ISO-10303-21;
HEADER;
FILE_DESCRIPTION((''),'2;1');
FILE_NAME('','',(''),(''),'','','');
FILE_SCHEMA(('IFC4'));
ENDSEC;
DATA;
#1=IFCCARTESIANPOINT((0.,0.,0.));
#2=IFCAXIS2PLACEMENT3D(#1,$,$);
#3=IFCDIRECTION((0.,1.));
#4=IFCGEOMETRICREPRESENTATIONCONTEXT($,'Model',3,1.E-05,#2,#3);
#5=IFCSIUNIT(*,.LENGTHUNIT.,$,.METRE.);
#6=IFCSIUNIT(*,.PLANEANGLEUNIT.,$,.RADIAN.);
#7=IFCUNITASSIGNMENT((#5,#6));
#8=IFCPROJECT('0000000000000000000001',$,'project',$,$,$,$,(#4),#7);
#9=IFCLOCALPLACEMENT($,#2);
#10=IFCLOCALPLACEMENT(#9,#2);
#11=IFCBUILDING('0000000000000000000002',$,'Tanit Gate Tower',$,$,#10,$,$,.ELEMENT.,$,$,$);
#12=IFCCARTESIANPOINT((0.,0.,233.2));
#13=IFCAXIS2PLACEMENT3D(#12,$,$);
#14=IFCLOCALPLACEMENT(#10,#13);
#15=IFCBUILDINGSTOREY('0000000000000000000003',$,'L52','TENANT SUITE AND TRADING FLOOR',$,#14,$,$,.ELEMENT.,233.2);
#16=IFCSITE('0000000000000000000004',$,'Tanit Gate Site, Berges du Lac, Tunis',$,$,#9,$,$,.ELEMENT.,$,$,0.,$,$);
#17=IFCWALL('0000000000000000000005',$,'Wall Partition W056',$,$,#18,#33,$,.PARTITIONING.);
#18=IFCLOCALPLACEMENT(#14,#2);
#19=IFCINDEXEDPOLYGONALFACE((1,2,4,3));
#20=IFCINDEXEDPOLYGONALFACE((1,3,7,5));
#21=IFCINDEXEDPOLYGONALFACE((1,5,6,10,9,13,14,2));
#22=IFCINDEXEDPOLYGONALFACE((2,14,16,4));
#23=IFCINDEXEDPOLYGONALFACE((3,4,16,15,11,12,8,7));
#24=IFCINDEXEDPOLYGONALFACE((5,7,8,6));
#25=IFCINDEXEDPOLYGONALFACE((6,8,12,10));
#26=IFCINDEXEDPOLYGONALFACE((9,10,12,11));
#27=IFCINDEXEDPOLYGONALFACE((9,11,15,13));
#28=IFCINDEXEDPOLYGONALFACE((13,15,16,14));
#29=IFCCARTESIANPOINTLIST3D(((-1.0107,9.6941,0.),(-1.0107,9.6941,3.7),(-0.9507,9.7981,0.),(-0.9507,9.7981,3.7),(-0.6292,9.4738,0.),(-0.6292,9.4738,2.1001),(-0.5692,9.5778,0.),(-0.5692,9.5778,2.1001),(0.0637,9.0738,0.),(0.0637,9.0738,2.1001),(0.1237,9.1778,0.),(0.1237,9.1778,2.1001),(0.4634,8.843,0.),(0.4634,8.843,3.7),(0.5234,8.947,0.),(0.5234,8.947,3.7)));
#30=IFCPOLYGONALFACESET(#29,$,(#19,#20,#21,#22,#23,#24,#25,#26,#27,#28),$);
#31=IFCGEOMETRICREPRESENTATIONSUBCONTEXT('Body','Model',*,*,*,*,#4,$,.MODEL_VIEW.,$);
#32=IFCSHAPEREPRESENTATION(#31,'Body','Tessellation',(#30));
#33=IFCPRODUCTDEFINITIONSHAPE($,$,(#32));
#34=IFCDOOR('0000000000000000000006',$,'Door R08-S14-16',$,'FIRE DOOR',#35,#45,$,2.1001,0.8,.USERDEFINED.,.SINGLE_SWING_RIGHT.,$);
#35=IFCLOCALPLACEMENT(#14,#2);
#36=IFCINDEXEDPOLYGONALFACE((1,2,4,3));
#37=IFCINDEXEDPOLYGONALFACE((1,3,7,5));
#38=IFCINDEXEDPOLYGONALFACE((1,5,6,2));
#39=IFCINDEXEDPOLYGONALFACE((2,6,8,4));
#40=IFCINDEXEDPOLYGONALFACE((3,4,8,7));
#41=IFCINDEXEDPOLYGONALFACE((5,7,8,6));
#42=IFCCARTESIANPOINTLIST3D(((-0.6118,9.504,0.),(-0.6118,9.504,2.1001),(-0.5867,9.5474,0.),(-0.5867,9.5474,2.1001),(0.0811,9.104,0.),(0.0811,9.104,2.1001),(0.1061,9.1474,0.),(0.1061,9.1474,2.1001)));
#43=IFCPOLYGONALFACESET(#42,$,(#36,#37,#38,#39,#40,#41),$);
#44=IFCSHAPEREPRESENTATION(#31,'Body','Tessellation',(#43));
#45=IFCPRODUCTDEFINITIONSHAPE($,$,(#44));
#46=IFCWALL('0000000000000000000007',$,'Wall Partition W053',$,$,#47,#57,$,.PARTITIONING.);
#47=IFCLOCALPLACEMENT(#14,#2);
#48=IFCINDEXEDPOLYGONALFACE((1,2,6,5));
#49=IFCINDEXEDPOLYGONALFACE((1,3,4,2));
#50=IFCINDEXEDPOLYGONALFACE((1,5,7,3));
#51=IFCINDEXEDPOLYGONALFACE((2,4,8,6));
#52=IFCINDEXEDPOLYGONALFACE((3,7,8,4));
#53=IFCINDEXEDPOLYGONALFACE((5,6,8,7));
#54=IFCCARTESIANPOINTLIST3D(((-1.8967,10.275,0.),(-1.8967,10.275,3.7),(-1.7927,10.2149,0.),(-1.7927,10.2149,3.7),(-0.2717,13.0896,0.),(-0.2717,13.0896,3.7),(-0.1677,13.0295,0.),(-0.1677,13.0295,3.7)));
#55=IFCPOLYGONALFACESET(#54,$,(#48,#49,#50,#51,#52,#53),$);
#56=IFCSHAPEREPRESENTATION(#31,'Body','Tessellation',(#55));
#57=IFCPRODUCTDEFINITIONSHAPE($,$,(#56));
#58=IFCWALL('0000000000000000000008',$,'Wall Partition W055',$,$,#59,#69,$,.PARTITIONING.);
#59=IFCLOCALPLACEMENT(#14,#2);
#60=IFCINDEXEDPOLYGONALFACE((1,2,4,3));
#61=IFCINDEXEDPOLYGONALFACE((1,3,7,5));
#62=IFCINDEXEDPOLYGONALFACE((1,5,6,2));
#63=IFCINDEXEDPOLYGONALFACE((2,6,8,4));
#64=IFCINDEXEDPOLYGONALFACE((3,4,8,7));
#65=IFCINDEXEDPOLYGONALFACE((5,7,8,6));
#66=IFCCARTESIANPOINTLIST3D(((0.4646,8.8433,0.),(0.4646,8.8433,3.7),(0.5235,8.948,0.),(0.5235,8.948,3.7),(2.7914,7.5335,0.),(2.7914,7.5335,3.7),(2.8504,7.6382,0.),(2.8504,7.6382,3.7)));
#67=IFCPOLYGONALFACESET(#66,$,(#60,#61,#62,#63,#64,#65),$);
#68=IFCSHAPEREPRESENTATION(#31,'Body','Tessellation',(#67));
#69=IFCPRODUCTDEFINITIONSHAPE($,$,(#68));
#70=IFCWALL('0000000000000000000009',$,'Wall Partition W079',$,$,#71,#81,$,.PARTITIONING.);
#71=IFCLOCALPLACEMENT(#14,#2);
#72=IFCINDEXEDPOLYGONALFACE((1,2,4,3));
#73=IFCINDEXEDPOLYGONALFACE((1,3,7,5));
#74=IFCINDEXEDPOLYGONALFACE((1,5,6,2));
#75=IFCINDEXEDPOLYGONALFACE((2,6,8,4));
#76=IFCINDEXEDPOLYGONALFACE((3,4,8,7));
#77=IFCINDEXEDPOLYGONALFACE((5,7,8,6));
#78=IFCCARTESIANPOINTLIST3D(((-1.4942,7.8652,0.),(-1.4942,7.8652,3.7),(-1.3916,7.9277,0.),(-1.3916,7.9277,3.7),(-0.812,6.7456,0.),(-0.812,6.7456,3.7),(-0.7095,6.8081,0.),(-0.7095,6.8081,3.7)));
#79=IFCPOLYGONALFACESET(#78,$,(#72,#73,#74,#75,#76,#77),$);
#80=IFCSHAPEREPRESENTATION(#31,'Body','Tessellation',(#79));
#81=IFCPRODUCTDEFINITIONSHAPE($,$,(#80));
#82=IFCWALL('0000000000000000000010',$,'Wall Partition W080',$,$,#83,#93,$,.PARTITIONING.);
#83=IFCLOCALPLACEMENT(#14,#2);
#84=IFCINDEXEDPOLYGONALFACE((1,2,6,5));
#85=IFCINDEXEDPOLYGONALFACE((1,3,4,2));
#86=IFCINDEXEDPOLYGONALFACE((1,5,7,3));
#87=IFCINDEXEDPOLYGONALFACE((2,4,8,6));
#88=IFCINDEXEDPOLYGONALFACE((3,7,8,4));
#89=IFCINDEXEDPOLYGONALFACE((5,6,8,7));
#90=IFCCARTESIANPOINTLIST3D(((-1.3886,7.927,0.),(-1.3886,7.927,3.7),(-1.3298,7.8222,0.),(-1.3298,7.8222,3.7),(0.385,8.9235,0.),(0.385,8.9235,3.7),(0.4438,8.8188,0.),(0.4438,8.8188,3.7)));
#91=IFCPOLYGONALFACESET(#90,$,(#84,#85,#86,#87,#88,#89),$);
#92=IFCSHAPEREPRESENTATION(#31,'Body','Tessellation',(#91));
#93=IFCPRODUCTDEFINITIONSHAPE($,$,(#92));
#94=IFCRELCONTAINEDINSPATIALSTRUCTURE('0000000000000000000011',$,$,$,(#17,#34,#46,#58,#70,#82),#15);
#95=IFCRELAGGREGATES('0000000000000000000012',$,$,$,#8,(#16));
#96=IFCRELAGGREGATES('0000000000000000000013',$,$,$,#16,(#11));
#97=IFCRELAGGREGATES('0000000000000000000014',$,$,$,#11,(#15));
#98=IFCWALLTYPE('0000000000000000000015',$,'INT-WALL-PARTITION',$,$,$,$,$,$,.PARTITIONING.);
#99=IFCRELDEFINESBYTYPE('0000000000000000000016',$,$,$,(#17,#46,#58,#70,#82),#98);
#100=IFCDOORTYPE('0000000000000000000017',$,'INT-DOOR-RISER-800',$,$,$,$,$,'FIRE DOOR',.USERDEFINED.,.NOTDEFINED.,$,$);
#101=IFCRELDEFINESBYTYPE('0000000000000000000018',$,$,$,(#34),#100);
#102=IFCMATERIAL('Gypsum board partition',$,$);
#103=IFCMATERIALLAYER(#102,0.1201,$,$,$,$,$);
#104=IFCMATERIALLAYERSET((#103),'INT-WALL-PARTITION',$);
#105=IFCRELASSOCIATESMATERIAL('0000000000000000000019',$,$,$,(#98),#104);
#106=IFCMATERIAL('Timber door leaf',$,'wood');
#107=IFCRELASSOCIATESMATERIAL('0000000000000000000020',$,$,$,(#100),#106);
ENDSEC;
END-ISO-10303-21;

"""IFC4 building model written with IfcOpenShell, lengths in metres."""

from ifc_helpers import new_model, si_unit, direction, frame, frame_2d, origin, place, context, subcontext, project, spatial, rectangle, extrude, material, layer, layer_set, type_object, element, fill, save


model = new_model("IFC4")

# Units and contexts
model_context = context("Model", 3, precision=1e-05, world=origin(), true_north=direction((0.0, 1.0)))
body_context = subcontext(model_context, "Body", "Model", "MODEL_VIEW")
ifc_project = project(units=[si_unit("LENGTHUNIT", "METRE"), si_unit("PLANEANGLEUNIT", "RADIAN")], contexts=[model_context])

# Site, building, storey
site_placement = place(None, origin())
site = spatial("IfcSite", under=ifc_project, at=site_placement, Name="Tanit Gate Site, Berges du Lac, Tunis", CompositionType="ELEMENT", RefElevation=0.0)
building_placement = place(site_placement, origin())
building = spatial("IfcBuilding", under=site, at=building_placement, Name="Tanit Gate Tower", CompositionType="ELEMENT")
storey_placement = place(building_placement, frame((0.0, 0.0, 233.2)))
storey = spatial("IfcBuildingStorey", under=building, at=storey_placement, Name="L52", Description="TENANT SUITE AND TRADING FLOOR", CompositionType="ELEMENT", Elevation=233.2)

# Shared definitions
ifc_material_1 = material(Name="Gypsum board partition")
ifc_layer_1 = layer(ifc_material_1, 0.1201)
ifc_layer_set_1 = layer_set([ifc_layer_1], Name="INT-WALL-PARTITION")
wall_type_1 = type_object("IfcWallType", Name="INT-WALL-PARTITION", PredefinedType="PARTITIONING", material=ifc_layer_set_1)

# Wall, opening, door
wall_1_placement = place(storey_placement, frame((-0.9807, 9.7461, 0.0), z_axis=(0.0, 0.0, 1.0), x_axis=(0.866028, -0.499996, 0.0)))
wall_1 = element("IfcWall", 1, at=wall_1_placement, inside=storey, type_object=wall_type_1, Name="Wall Partition W056", PredefinedType="PARTITIONING", context=body_context, shape_type="SweptSolid", body=[
    extrude(rectangle(XDim=1.7021, YDim=0.1201, at=frame_2d((0.8511, 0.0))), origin(), (0.0, 0.0, 1.0), 3.7),
])
opening_1_placement = place(wall_1_placement, frame((0.4407, 0.0, 0.0)))
opening_1 = element("IfcOpeningElement", 2, at=opening_1_placement, cuts=wall_1, PredefinedType="OPENING", context=body_context, shape_type="SweptSolid", body=[
    extrude(rectangle(XDim=0.8, YDim=2.1001, at=frame_2d((0.3999, 1.05))), frame((0.0, 0.0701, 0.0), z_axis=(0.0, -1.0, 0.0), x_axis=(1.0, 0.0, 0.0)), (0.0, 0.0, 1.0), 0.1401),
])
ifc_material_2 = material(Name="Timber door leaf", Category="wood")
door_type_1 = type_object("IfcDoorType", Name="INT-DOOR-RISER-800", ElementType="FIRE DOOR", OperationType="NOTDEFINED", PredefinedType="USERDEFINED", material=ifc_material_2)
door_1_placement = place(opening_1_placement, origin())
door_1 = element("IfcDoor", 3, at=door_1_placement, inside=storey, type_object=door_type_1, Name="Door R08-S14-16", ObjectType="FIRE DOOR", OperationType="SINGLE_SWING_RIGHT", OverallHeight=2.1001, OverallWidth=0.8, PredefinedType="USERDEFINED", context=body_context, shape_type="SweptSolid", body=[
    extrude(rectangle(XDim=0.8, YDim=2.1001, at=frame_2d((0.3999, 1.05))), frame((0.0, 0.0249, 0.0), z_axis=(0.0, -1.0, 0.0), x_axis=(1.0, 0.0, 0.0)), (0.0, 0.0, 1.0), 0.05),
])
fill(opening_1, door_1)

# Walls
wall_2_placement = place(storey_placement, frame((-0.2197, 13.0596, 0.0), z_axis=(0.0, 0.0, 1.0), x_axis=(-0.499985, -0.866034, 0.0)))
element("IfcWall", 4, at=wall_2_placement, inside=storey, type_object=wall_type_1, Name="Wall Partition W053", PredefinedType="PARTITIONING", context=body_context, shape_type="SweptSolid", body=[
    extrude(rectangle(XDim=3.25, YDim=0.1201, at=frame_2d((1.625, 0.0))), origin(), (0.0, 0.0, 1.0), 3.7),
])
wall_3_placement = place(storey_placement, frame((2.8208, 7.5859, 0.0), z_axis=(0.0, 0.0, 1.0), x_axis=(-0.871427, 0.490526, 0.0)))
element("IfcWall", 5, at=wall_3_placement, inside=storey, type_object=wall_type_1, Name="Wall Partition W055", PredefinedType="PARTITIONING", context=body_context, shape_type="SweptSolid", body=[
    extrude(rectangle(XDim=2.6702, YDim=0.1201, at=frame_2d((1.335, 0.0))), origin(), (0.0, 0.0, 1.0), 3.7),
])
wall_4_placement = place(storey_placement, frame((-1.4429, 7.8965, 0.0), z_axis=(0.0, 0.0, 1.0), x_axis=(0.52029, -0.85399, 0.0)))
element("IfcWall", 6, at=wall_4_placement, inside=storey, type_object=wall_type_1, Name="Wall Partition W079", PredefinedType="PARTITIONING", context=body_context, shape_type="SweptSolid", body=[
    extrude(rectangle(XDim=1.311, YDim=0.1201, at=frame_2d((0.6555, 0.0))), origin(), (0.0, 0.0, 1.0), 3.7),
])
wall_5_placement = place(storey_placement, frame((0.4143, 8.8711, 0.0), z_axis=(0.0, 0.0, 1.0), x_axis=(-0.871809, -0.489845, 0.0)))
element("IfcWall", 7, at=wall_5_placement, inside=storey, type_object=wall_type_1, Name="Wall Partition W080", PredefinedType="PARTITIONING", context=body_context, shape_type="SweptSolid", body=[
    extrude(rectangle(XDim=2.0344, YDim=0.1201, at=frame_2d((1.0171, 0.0))), origin(), (0.0, 0.0, 1.0), 3.7),
])

save(model, "model.ifc")
